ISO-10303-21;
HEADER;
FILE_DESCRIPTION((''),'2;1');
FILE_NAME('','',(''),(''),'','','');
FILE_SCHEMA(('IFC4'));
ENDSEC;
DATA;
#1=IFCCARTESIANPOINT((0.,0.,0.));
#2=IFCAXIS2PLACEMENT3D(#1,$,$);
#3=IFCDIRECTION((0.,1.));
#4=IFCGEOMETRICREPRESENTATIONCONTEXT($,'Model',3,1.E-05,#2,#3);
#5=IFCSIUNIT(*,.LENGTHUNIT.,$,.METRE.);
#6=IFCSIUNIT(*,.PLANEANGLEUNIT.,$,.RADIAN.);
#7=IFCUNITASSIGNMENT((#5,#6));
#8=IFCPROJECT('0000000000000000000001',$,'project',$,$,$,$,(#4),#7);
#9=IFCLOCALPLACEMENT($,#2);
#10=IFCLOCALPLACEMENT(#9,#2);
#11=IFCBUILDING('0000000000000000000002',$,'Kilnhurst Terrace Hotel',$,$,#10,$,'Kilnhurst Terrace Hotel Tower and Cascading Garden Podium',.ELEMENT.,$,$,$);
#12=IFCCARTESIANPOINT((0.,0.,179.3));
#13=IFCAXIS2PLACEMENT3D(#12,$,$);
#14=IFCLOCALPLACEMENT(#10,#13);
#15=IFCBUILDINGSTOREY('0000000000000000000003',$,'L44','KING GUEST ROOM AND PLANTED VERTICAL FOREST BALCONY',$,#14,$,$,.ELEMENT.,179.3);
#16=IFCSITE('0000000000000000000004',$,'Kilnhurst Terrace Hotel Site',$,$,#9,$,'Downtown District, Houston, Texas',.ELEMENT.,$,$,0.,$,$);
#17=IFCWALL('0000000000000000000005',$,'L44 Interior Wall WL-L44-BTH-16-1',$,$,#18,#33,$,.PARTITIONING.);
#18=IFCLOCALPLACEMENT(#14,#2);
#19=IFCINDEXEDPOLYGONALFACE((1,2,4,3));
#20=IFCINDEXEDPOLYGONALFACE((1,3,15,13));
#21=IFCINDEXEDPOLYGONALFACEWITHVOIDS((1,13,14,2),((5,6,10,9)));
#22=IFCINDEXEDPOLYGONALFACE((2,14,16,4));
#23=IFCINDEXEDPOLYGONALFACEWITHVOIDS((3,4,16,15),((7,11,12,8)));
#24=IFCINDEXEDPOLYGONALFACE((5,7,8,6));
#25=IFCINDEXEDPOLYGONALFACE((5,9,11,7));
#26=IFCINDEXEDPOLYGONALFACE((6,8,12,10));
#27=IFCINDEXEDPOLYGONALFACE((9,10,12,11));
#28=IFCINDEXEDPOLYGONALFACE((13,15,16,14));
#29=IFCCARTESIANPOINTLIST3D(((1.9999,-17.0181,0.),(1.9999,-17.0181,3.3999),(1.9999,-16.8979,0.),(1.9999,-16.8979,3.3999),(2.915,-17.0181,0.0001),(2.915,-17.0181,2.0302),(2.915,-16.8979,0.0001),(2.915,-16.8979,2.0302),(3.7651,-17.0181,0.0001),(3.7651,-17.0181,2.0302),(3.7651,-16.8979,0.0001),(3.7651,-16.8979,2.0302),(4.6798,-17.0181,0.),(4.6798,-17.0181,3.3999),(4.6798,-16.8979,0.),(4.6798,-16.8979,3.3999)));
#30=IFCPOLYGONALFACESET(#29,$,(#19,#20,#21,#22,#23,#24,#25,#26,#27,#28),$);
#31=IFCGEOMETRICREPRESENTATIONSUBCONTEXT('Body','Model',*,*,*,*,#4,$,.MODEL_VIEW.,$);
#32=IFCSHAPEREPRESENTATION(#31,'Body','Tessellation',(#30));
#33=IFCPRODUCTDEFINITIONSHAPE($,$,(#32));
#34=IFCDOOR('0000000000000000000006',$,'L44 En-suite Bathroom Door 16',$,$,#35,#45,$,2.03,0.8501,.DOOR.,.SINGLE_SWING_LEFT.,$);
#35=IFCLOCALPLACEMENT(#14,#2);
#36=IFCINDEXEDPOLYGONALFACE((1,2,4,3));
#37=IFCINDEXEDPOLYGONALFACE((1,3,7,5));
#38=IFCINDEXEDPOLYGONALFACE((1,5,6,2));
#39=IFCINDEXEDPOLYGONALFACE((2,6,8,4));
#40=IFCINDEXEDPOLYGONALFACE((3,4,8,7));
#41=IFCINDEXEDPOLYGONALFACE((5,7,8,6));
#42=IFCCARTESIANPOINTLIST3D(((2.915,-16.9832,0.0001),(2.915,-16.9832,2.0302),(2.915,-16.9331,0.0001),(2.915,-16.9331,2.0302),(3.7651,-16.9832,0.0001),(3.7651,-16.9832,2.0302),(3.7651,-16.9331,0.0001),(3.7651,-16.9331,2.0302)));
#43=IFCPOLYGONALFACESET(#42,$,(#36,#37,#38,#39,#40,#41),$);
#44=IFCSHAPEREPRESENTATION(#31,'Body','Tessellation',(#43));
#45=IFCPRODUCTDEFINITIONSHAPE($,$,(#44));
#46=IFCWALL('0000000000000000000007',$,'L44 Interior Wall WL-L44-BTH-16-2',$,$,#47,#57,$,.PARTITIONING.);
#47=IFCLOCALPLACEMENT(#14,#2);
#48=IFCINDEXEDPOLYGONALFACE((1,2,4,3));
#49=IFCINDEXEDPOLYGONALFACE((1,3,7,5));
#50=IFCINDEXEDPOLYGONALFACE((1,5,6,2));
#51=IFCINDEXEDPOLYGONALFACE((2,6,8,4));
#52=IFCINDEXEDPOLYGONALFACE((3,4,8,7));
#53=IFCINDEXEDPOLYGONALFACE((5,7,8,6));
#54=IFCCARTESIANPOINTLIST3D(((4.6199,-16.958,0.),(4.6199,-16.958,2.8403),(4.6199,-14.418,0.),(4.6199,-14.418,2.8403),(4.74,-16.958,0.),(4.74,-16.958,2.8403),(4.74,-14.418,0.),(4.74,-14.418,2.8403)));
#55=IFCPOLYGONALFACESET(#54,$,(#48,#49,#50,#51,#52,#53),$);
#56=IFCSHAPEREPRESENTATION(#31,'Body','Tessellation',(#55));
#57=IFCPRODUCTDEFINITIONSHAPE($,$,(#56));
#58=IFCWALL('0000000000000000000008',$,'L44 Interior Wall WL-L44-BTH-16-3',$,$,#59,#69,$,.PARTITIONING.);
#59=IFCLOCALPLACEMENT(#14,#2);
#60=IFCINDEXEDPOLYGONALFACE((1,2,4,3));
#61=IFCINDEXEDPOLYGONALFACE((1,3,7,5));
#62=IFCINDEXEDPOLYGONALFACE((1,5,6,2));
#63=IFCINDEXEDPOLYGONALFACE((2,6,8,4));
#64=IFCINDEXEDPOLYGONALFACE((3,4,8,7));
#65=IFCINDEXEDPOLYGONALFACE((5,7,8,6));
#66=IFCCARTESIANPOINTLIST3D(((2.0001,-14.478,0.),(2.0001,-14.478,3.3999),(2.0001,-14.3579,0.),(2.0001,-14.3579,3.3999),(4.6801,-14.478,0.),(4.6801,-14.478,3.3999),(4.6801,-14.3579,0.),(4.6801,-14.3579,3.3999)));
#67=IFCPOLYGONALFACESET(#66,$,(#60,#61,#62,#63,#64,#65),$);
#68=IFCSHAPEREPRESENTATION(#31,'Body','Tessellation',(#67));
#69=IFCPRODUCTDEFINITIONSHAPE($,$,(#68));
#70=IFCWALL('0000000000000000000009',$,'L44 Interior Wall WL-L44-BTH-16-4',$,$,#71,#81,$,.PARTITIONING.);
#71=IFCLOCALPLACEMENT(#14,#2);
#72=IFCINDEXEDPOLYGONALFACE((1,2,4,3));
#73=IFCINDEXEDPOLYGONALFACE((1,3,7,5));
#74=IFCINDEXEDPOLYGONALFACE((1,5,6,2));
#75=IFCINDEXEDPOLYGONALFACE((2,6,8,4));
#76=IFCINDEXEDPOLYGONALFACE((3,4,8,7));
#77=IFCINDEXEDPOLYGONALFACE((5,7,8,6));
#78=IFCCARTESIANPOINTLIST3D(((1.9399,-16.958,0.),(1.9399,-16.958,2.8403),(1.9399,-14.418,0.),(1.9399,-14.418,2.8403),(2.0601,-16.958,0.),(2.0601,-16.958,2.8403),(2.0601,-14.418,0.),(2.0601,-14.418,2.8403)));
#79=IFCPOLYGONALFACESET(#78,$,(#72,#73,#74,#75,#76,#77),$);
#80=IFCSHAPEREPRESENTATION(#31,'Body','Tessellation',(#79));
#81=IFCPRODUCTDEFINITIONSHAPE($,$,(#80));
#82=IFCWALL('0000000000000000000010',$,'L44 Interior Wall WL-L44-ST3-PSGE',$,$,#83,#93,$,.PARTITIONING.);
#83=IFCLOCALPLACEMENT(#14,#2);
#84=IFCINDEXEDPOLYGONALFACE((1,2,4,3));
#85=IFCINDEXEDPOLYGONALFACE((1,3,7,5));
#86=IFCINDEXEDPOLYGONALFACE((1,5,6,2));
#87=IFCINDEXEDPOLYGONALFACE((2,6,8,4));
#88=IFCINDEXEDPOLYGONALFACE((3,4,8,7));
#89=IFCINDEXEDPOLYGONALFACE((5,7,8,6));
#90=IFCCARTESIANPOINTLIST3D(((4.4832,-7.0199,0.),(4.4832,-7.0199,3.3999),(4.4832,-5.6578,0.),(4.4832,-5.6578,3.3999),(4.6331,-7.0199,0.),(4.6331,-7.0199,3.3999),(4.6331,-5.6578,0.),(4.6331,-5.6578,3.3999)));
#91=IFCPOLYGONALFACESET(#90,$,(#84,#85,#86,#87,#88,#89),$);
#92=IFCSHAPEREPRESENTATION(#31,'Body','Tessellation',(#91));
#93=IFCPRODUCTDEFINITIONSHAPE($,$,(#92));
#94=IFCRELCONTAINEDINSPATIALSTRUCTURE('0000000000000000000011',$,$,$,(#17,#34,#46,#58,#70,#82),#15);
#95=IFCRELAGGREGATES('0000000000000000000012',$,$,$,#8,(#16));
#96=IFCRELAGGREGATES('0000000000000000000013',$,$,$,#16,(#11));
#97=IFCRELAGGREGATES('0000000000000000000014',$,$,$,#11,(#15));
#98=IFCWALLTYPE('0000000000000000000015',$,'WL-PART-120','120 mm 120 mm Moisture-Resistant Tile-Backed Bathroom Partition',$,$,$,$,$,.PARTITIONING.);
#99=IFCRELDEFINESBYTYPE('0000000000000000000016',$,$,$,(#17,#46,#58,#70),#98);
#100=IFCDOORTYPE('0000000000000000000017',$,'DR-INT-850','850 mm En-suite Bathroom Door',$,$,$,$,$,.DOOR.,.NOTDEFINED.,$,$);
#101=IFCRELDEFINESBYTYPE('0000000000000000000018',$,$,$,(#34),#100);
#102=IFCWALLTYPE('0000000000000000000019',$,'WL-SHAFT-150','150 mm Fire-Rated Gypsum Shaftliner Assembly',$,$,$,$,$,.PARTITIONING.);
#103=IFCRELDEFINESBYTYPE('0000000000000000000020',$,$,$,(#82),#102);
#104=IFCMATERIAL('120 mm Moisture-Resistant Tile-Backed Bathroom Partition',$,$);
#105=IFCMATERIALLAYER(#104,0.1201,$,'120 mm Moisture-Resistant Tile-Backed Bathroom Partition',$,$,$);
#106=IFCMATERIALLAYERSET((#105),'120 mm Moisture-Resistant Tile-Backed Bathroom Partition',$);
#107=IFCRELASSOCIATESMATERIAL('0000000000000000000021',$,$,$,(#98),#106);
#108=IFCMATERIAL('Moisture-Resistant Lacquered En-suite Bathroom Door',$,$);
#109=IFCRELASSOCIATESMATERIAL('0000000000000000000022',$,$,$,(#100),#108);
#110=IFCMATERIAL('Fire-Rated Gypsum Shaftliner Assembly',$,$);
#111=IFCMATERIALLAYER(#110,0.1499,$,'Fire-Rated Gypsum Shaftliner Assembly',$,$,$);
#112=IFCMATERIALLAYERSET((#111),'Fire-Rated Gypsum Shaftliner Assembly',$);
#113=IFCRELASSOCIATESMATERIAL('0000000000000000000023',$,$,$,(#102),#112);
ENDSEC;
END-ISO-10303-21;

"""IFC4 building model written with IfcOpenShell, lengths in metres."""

from ifc_helpers import new_model, si_unit, direction, frame, frame_2d, origin, place, context, subcontext, project, spatial, rectangle, extrude, material, layer, layer_set, type_object, element, fill, save


model = new_model("IFC4")

# Units and contexts
model_context = context("Model", 3, precision=1e-05, world=origin(), true_north=direction((0.0, 1.0)))
body_context = subcontext(model_context, "Body", "Model", "MODEL_VIEW")
ifc_project = project(units=[si_unit("LENGTHUNIT", "METRE"), si_unit("PLANEANGLEUNIT", "RADIAN")], contexts=[model_context])

# Site, building, storey
site_placement = place(None, origin())
site = spatial("IfcSite", under=ifc_project, at=site_placement, Name="Kilnhurst Terrace Hotel Site", LongName="Downtown District, Houston, Texas", CompositionType="ELEMENT", RefElevation=0.0)
building_placement = place(site_placement, origin())
building = spatial("IfcBuilding", under=site, at=building_placement, Name="Kilnhurst Terrace Hotel", LongName="Kilnhurst Terrace Hotel Tower and Cascading Garden Podium", CompositionType="ELEMENT")
storey_placement = place(building_placement, frame((0.0, 0.0, 179.3)))
storey = spatial("IfcBuildingStorey", under=building, at=storey_placement, Name="L44", Description="KING GUEST ROOM AND PLANTED VERTICAL FOREST BALCONY", CompositionType="ELEMENT", Elevation=179.3)

# Wall, opening, door
ifc_material_1 = material(Name="120 mm Moisture-Resistant Tile-Backed Bathroom Partition")
ifc_layer_1 = layer(ifc_material_1, 0.1201, Name="120 mm Moisture-Resistant Tile-Backed Bathroom Partition")
ifc_layer_set_1 = layer_set([ifc_layer_1], Name="120 mm Moisture-Resistant Tile-Backed Bathroom Partition")
wall_type_1 = type_object("IfcWallType", Name="WL-PART-120", Description="120 mm 120 mm Moisture-Resistant Tile-Backed Bathroom Partition", PredefinedType="PARTITIONING", material=ifc_layer_set_1)
wall_1_placement = place(storey_placement, frame((2.0, -16.958, 0.0), z_axis=(0.0, 0.0, 1.0), x_axis=(1.0, 0.0, 0.0)))
wall_1 = element("IfcWall", 1, at=wall_1_placement, inside=storey, type_object=wall_type_1, Name="L44 Interior Wall WL-L44-BTH-16-1", PredefinedType="PARTITIONING", context=body_context, shape_type="SweptSolid", body=[
    extrude(rectangle(XDim=2.6799, YDim=0.1201, at=frame_2d((1.3398, 0.0))), origin(), (0.0, 0.0, 1.0), 3.3999),
])
opening_placement = place(wall_1_placement, frame((0.915, 0.0, 0.0)))
opening = element("IfcOpeningElement", 2, at=opening_placement, cuts=wall_1, PredefinedType="OPENING", context=body_context, shape_type="SweptSolid", body=[
    extrude(rectangle(XDim=0.8501, YDim=2.03, at=frame_2d((0.425, 1.0151))), frame((0.0, 0.0701, 0.0), z_axis=(0.0, -1.0, 0.0), x_axis=(1.0, 0.0, 0.0)), (0.0, 0.0, 1.0), 0.1401),
])
ifc_material_2 = material(Name="Moisture-Resistant Lacquered En-suite Bathroom Door")
door_type = type_object("IfcDoorType", Name="DR-INT-850", Description="850 mm En-suite Bathroom Door", OperationType="NOTDEFINED", PredefinedType="DOOR", material=ifc_material_2)
door_placement = place(opening_placement, origin())
door = element("IfcDoor", 3, at=door_placement, inside=storey, type_object=door_type, Name="L44 En-suite Bathroom Door 16", OperationType="SINGLE_SWING_LEFT", OverallHeight=2.03, OverallWidth=0.8501, PredefinedType="DOOR", context=body_context, shape_type="SweptSolid", body=[
    extrude(rectangle(XDim=0.8501, YDim=2.03, at=frame_2d((0.425, 1.0151))), frame((0.0, 0.0249, 0.0), z_axis=(0.0, -1.0, 0.0), x_axis=(1.0, 0.0, 0.0)), (0.0, 0.0, 1.0), 0.05),
])
fill(opening, door)

# Walls
wall_2_placement = place(storey_placement, frame((4.6799, -16.958, 0.0), z_axis=(0.0, 0.0, 1.0), x_axis=(0.0, 1.0, 0.0)))
element("IfcWall", 4, at=wall_2_placement, inside=storey, type_object=wall_type_1, Name="L44 Interior Wall WL-L44-BTH-16-2", PredefinedType="PARTITIONING", context=body_context, shape_type="SweptSolid", body=[
    extrude(rectangle(XDim=2.54, YDim=0.1201, at=frame_2d((1.27, 0.0))), origin(), (0.0, 0.0, 1.0), 2.8403),
])
wall_3_placement = place(storey_placement, frame((4.6799, -14.418, 0.0), z_axis=(0.0, 0.0, 1.0), x_axis=(-1.0, 0.0, 0.0)))
element("IfcWall", 5, at=wall_3_placement, inside=storey, type_object=wall_type_1, Name="L44 Interior Wall WL-L44-BTH-16-3", PredefinedType="PARTITIONING", context=body_context, shape_type="SweptSolid", body=[
    extrude(rectangle(XDim=2.6799, YDim=0.1201, at=frame_2d((1.3398, 0.0))), origin(), (0.0, 0.0, 1.0), 3.3999),
])
wall_4_placement = place(storey_placement, frame((2.0, -14.418, 0.0), z_axis=(0.0, 0.0, 1.0), x_axis=(0.0, -1.0, 0.0)))
element("IfcWall", 6, at=wall_4_placement, inside=storey, type_object=wall_type_1, Name="L44 Interior Wall WL-L44-BTH-16-4", PredefinedType="PARTITIONING", context=body_context, shape_type="SweptSolid", body=[
    extrude(rectangle(XDim=2.54, YDim=0.1201, at=frame_2d((1.27, 0.0))), origin(), (0.0, 0.0, 1.0), 2.8403),
])
ifc_material_3 = material(Name="Fire-Rated Gypsum Shaftliner Assembly")
ifc_layer_2 = layer(ifc_material_3, 0.1499, Name="Fire-Rated Gypsum Shaftliner Assembly")
ifc_layer_set_2 = layer_set([ifc_layer_2], Name="Fire-Rated Gypsum Shaftliner Assembly")
wall_type_2 = type_object("IfcWallType", Name="WL-SHAFT-150", Description="150 mm Fire-Rated Gypsum Shaftliner Assembly", PredefinedType="PARTITIONING", material=ifc_layer_set_2)
wall_5_placement = place(storey_placement, frame((4.5581, -7.02, 0.0), z_axis=(0.0, 0.0, 1.0), x_axis=(0.0, 1.0, 0.0)))
element("IfcWall", 7, at=wall_5_placement, inside=storey, type_object=wall_type_2, Name="L44 Interior Wall WL-L44-ST3-PSGE", PredefinedType="PARTITIONING", context=body_context, shape_type="SweptSolid", body=[
    extrude(rectangle(XDim=1.3621, YDim=0.1499, at=frame_2d((0.6812, 0.0))), origin(), (0.0, 0.0, 1.0), 3.3999),
])

save(model, "model.ifc")
